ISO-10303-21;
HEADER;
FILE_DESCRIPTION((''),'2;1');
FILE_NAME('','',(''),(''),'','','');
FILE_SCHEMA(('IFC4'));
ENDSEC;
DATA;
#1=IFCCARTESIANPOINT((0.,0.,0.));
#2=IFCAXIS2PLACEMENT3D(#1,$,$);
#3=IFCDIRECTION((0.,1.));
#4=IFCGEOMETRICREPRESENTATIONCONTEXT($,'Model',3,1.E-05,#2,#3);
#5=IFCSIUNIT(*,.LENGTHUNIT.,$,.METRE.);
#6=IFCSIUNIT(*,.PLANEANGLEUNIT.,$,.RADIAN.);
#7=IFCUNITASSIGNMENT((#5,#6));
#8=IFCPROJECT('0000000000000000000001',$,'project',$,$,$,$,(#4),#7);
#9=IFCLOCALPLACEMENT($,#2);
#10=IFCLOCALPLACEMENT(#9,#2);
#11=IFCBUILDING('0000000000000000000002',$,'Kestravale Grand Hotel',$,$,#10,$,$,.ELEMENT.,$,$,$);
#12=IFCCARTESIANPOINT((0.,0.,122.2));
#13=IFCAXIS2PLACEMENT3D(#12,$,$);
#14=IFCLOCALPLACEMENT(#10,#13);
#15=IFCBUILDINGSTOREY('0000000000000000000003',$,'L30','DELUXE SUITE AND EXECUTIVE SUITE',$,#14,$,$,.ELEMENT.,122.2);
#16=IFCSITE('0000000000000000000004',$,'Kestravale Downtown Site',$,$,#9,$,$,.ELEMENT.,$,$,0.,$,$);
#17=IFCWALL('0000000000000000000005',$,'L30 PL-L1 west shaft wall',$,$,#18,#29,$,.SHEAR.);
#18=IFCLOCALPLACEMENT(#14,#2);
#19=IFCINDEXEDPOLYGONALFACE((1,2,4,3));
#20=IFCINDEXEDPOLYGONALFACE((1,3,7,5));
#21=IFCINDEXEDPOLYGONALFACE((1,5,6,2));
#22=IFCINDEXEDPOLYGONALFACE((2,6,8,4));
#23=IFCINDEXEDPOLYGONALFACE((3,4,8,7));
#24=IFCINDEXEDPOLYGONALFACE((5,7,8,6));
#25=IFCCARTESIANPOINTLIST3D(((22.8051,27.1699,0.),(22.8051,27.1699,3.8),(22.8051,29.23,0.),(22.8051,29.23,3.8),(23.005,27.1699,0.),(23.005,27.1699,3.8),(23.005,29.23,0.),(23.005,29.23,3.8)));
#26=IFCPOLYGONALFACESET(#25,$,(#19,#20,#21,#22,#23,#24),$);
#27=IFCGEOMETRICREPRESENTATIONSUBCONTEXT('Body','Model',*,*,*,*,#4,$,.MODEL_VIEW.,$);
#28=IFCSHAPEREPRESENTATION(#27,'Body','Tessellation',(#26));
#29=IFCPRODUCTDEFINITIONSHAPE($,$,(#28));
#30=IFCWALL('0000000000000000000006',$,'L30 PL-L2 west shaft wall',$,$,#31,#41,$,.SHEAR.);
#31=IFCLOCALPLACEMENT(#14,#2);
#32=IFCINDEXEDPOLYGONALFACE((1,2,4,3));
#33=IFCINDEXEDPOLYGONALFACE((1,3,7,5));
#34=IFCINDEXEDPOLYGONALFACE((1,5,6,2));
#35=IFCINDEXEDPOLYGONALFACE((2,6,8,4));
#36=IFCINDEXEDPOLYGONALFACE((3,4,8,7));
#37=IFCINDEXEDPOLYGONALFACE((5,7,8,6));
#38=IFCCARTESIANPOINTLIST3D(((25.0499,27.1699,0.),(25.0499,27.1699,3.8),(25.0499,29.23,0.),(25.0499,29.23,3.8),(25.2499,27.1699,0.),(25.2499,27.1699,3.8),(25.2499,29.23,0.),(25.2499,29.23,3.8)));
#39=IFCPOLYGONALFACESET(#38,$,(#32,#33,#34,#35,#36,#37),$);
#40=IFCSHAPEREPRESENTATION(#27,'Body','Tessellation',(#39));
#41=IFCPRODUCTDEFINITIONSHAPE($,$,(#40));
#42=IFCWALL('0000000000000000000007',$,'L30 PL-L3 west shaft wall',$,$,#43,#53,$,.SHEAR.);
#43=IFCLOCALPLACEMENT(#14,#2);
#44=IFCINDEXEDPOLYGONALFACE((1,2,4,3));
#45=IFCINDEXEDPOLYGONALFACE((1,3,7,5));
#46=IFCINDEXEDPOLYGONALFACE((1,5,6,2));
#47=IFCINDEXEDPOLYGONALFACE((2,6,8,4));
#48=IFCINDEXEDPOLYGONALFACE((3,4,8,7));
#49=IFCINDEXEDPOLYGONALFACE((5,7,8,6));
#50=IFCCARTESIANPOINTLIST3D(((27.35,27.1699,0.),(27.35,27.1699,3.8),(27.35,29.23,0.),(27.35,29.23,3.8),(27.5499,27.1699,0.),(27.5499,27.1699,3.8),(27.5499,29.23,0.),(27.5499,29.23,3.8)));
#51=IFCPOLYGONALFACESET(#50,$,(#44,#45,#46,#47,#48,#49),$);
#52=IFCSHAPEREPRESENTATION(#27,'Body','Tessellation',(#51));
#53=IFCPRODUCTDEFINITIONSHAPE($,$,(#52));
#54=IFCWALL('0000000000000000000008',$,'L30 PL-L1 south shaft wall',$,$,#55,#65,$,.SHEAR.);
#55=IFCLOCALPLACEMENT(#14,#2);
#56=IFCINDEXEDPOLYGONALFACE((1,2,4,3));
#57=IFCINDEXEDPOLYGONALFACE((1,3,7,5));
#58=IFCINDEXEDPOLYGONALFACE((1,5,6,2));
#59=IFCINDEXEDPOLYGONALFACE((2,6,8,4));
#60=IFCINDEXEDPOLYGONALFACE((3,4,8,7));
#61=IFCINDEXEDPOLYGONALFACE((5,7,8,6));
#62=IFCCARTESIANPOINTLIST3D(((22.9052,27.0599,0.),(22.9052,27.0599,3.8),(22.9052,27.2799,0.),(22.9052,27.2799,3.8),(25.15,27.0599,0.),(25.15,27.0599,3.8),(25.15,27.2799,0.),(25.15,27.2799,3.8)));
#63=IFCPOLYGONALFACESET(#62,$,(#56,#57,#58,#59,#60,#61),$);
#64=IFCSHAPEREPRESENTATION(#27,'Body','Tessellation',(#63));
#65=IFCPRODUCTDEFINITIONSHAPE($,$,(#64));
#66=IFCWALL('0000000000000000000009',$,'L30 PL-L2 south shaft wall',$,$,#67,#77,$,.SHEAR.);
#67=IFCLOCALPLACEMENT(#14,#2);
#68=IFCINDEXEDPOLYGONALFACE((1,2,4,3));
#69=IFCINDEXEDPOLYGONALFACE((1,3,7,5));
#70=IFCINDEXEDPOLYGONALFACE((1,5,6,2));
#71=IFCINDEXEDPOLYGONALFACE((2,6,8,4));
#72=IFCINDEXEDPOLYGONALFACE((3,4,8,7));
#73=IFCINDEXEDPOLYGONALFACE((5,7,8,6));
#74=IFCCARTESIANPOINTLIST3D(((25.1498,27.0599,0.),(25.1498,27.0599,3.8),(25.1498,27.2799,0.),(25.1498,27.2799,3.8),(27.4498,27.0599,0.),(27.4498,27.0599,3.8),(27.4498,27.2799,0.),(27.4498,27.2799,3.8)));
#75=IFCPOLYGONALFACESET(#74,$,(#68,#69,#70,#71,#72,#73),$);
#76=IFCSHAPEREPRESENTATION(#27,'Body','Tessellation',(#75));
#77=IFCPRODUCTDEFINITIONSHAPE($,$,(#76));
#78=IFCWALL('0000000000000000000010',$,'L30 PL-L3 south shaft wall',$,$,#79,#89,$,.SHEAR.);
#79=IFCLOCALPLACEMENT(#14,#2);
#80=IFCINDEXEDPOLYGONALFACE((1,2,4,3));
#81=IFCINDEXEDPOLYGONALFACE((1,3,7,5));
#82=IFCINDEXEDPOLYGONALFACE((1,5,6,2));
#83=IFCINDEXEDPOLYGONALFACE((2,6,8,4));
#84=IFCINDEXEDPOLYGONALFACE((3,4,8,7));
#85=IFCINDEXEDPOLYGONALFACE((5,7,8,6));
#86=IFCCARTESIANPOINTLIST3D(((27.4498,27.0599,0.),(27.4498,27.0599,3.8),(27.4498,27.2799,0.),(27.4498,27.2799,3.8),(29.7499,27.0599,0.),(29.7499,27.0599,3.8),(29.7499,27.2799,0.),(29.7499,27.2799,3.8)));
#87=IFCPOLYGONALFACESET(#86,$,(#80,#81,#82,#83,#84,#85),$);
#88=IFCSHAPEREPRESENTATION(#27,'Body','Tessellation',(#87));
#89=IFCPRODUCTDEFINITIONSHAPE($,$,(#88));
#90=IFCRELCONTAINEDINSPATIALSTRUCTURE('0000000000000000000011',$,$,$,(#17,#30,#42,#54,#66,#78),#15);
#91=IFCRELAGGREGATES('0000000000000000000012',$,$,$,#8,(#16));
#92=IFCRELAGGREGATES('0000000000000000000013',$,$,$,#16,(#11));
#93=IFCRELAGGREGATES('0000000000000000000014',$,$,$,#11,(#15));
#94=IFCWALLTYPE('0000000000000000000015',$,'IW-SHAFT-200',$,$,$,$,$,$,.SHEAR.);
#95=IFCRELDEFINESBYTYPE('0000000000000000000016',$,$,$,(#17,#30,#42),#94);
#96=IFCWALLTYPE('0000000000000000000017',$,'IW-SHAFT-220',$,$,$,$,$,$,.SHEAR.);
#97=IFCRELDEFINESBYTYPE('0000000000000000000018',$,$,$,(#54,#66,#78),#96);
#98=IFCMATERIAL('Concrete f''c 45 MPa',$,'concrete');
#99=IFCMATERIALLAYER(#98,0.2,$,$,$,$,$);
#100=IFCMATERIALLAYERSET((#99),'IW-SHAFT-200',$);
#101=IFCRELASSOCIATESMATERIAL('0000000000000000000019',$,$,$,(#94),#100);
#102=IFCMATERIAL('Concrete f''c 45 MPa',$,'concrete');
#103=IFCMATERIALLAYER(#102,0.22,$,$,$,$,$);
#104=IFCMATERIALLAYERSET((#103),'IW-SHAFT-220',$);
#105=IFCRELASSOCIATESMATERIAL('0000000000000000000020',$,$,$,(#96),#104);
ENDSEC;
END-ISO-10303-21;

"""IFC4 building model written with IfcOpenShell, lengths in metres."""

from ifc_helpers import new_model, si_unit, direction, frame, frame_2d, origin, place, context, subcontext, project, spatial, rectangle, extrude, material, layer, layer_set, type_object, element, save


model = new_model("IFC4")

# Units and contexts
model_context = context("Model", 3, precision=1e-05, world=origin(), true_north=direction((0.0, 1.0)))
body_context = subcontext(model_context, "Body", "Model", "MODEL_VIEW")
ifc_project = project(units=[si_unit("LENGTHUNIT", "METRE"), si_unit("PLANEANGLEUNIT", "RADIAN")], contexts=[model_context])

# Site, building, storey
site_placement = place(None, origin())
site = spatial("IfcSite", under=ifc_project, at=site_placement, Name="Kestravale Downtown Site", CompositionType="ELEMENT", RefElevation=0.0)
building_placement = place(site_placement, origin())
building = spatial("IfcBuilding", under=site, at=building_placement, Name="Kestravale Grand Hotel", CompositionType="ELEMENT")
storey_placement = place(building_placement, frame((0.0, 0.0, 122.2)))
storey = spatial("IfcBuildingStorey", under=building, at=storey_placement, Name="L30", Description="DELUXE SUITE AND EXECUTIVE SUITE", CompositionType="ELEMENT", Elevation=122.2)

# Walls
ifc_material_1 = material(Name="Concrete f'c 45 MPa", Category="concrete")
ifc_layer_1 = layer(ifc_material_1, 0.2)
ifc_layer_set_1 = layer_set([ifc_layer_1], Name="IW-SHAFT-200")
wall_type_1 = type_object("IfcWallType", Name="IW-SHAFT-200", PredefinedType="SHEAR", material=ifc_layer_set_1)
for number, where, z_axis, x_axis, name in (
    (1, (22.905, 27.1699, 0.0), (0.0, 0.0, 1.0), (0.0, 1.0, 0.0), "L30 PL-L1 west shaft wall"),
    (2, (25.1499, 27.1699, 0.0), (0.0, 0.0, 1.0), (0.0, 1.0, 0.0), "L30 PL-L2 west shaft wall"),
    (3, (27.45, 27.1699, 0.0), (0.0, 0.0, 1.0), (0.0, 1.0, 0.0), "L30 PL-L3 west shaft wall"),
):
    element("IfcWall", number, at=place(storey_placement, frame(where, z_axis=z_axis, x_axis=x_axis)), inside=storey, type_object=wall_type_1, Name=name, PredefinedType="SHEAR", context=body_context, shape_type="SweptSolid", body=[
        extrude(rectangle(XDim=2.0601, YDim=0.2, at=frame_2d((1.03, 0.0))), origin(), (0.0, 0.0, 1.0), 3.8),
    ])
ifc_material_2 = material(Name="Concrete f'c 45 MPa", Category="concrete")
ifc_layer_2 = layer(ifc_material_2, 0.22)
ifc_layer_set_2 = layer_set([ifc_layer_2], Name="IW-SHAFT-220")
wall_type_2 = type_object("IfcWallType", Name="IW-SHAFT-220", PredefinedType="SHEAR", material=ifc_layer_set_2)
wall_1_placement = place(storey_placement, frame((22.905, 27.1699, 0.0), z_axis=(0.0, 0.0, 1.0), x_axis=(1.0, 0.0, 0.0)))
element("IfcWall", 4, at=wall_1_placement, inside=storey, type_object=wall_type_2, Name="L30 PL-L1 south shaft wall", PredefinedType="SHEAR", context=body_context, shape_type="SweptSolid", body=[
    extrude(rectangle(XDim=2.2449, YDim=0.22, at=frame_2d((1.1226, 0.0))), origin(), (0.0, 0.0, 1.0), 3.8),
])
for number, where, z_axis, x_axis, name in (
    (5, (25.1499, 27.1699, 0.0), (0.0, 0.0, 1.0), (1.0, 0.0, 0.0), "L30 PL-L2 south shaft wall"),
    (6, (27.45, 27.1699, 0.0), (0.0, 0.0, 1.0), (1.0, 0.0, 0.0), "L30 PL-L3 south shaft wall"),
):
    element("IfcWall", number, at=place(storey_placement, frame(where, z_axis=z_axis, x_axis=x_axis)), inside=storey, type_object=wall_type_2, Name=name, PredefinedType="SHEAR", context=body_context, shape_type="SweptSolid", body=[
        extrude(rectangle(XDim=2.3, YDim=0.22, at=frame_2d((1.1499, 0.0))), origin(), (0.0, 0.0, 1.0), 3.8),
    ])

save(model, "model.ifc")
